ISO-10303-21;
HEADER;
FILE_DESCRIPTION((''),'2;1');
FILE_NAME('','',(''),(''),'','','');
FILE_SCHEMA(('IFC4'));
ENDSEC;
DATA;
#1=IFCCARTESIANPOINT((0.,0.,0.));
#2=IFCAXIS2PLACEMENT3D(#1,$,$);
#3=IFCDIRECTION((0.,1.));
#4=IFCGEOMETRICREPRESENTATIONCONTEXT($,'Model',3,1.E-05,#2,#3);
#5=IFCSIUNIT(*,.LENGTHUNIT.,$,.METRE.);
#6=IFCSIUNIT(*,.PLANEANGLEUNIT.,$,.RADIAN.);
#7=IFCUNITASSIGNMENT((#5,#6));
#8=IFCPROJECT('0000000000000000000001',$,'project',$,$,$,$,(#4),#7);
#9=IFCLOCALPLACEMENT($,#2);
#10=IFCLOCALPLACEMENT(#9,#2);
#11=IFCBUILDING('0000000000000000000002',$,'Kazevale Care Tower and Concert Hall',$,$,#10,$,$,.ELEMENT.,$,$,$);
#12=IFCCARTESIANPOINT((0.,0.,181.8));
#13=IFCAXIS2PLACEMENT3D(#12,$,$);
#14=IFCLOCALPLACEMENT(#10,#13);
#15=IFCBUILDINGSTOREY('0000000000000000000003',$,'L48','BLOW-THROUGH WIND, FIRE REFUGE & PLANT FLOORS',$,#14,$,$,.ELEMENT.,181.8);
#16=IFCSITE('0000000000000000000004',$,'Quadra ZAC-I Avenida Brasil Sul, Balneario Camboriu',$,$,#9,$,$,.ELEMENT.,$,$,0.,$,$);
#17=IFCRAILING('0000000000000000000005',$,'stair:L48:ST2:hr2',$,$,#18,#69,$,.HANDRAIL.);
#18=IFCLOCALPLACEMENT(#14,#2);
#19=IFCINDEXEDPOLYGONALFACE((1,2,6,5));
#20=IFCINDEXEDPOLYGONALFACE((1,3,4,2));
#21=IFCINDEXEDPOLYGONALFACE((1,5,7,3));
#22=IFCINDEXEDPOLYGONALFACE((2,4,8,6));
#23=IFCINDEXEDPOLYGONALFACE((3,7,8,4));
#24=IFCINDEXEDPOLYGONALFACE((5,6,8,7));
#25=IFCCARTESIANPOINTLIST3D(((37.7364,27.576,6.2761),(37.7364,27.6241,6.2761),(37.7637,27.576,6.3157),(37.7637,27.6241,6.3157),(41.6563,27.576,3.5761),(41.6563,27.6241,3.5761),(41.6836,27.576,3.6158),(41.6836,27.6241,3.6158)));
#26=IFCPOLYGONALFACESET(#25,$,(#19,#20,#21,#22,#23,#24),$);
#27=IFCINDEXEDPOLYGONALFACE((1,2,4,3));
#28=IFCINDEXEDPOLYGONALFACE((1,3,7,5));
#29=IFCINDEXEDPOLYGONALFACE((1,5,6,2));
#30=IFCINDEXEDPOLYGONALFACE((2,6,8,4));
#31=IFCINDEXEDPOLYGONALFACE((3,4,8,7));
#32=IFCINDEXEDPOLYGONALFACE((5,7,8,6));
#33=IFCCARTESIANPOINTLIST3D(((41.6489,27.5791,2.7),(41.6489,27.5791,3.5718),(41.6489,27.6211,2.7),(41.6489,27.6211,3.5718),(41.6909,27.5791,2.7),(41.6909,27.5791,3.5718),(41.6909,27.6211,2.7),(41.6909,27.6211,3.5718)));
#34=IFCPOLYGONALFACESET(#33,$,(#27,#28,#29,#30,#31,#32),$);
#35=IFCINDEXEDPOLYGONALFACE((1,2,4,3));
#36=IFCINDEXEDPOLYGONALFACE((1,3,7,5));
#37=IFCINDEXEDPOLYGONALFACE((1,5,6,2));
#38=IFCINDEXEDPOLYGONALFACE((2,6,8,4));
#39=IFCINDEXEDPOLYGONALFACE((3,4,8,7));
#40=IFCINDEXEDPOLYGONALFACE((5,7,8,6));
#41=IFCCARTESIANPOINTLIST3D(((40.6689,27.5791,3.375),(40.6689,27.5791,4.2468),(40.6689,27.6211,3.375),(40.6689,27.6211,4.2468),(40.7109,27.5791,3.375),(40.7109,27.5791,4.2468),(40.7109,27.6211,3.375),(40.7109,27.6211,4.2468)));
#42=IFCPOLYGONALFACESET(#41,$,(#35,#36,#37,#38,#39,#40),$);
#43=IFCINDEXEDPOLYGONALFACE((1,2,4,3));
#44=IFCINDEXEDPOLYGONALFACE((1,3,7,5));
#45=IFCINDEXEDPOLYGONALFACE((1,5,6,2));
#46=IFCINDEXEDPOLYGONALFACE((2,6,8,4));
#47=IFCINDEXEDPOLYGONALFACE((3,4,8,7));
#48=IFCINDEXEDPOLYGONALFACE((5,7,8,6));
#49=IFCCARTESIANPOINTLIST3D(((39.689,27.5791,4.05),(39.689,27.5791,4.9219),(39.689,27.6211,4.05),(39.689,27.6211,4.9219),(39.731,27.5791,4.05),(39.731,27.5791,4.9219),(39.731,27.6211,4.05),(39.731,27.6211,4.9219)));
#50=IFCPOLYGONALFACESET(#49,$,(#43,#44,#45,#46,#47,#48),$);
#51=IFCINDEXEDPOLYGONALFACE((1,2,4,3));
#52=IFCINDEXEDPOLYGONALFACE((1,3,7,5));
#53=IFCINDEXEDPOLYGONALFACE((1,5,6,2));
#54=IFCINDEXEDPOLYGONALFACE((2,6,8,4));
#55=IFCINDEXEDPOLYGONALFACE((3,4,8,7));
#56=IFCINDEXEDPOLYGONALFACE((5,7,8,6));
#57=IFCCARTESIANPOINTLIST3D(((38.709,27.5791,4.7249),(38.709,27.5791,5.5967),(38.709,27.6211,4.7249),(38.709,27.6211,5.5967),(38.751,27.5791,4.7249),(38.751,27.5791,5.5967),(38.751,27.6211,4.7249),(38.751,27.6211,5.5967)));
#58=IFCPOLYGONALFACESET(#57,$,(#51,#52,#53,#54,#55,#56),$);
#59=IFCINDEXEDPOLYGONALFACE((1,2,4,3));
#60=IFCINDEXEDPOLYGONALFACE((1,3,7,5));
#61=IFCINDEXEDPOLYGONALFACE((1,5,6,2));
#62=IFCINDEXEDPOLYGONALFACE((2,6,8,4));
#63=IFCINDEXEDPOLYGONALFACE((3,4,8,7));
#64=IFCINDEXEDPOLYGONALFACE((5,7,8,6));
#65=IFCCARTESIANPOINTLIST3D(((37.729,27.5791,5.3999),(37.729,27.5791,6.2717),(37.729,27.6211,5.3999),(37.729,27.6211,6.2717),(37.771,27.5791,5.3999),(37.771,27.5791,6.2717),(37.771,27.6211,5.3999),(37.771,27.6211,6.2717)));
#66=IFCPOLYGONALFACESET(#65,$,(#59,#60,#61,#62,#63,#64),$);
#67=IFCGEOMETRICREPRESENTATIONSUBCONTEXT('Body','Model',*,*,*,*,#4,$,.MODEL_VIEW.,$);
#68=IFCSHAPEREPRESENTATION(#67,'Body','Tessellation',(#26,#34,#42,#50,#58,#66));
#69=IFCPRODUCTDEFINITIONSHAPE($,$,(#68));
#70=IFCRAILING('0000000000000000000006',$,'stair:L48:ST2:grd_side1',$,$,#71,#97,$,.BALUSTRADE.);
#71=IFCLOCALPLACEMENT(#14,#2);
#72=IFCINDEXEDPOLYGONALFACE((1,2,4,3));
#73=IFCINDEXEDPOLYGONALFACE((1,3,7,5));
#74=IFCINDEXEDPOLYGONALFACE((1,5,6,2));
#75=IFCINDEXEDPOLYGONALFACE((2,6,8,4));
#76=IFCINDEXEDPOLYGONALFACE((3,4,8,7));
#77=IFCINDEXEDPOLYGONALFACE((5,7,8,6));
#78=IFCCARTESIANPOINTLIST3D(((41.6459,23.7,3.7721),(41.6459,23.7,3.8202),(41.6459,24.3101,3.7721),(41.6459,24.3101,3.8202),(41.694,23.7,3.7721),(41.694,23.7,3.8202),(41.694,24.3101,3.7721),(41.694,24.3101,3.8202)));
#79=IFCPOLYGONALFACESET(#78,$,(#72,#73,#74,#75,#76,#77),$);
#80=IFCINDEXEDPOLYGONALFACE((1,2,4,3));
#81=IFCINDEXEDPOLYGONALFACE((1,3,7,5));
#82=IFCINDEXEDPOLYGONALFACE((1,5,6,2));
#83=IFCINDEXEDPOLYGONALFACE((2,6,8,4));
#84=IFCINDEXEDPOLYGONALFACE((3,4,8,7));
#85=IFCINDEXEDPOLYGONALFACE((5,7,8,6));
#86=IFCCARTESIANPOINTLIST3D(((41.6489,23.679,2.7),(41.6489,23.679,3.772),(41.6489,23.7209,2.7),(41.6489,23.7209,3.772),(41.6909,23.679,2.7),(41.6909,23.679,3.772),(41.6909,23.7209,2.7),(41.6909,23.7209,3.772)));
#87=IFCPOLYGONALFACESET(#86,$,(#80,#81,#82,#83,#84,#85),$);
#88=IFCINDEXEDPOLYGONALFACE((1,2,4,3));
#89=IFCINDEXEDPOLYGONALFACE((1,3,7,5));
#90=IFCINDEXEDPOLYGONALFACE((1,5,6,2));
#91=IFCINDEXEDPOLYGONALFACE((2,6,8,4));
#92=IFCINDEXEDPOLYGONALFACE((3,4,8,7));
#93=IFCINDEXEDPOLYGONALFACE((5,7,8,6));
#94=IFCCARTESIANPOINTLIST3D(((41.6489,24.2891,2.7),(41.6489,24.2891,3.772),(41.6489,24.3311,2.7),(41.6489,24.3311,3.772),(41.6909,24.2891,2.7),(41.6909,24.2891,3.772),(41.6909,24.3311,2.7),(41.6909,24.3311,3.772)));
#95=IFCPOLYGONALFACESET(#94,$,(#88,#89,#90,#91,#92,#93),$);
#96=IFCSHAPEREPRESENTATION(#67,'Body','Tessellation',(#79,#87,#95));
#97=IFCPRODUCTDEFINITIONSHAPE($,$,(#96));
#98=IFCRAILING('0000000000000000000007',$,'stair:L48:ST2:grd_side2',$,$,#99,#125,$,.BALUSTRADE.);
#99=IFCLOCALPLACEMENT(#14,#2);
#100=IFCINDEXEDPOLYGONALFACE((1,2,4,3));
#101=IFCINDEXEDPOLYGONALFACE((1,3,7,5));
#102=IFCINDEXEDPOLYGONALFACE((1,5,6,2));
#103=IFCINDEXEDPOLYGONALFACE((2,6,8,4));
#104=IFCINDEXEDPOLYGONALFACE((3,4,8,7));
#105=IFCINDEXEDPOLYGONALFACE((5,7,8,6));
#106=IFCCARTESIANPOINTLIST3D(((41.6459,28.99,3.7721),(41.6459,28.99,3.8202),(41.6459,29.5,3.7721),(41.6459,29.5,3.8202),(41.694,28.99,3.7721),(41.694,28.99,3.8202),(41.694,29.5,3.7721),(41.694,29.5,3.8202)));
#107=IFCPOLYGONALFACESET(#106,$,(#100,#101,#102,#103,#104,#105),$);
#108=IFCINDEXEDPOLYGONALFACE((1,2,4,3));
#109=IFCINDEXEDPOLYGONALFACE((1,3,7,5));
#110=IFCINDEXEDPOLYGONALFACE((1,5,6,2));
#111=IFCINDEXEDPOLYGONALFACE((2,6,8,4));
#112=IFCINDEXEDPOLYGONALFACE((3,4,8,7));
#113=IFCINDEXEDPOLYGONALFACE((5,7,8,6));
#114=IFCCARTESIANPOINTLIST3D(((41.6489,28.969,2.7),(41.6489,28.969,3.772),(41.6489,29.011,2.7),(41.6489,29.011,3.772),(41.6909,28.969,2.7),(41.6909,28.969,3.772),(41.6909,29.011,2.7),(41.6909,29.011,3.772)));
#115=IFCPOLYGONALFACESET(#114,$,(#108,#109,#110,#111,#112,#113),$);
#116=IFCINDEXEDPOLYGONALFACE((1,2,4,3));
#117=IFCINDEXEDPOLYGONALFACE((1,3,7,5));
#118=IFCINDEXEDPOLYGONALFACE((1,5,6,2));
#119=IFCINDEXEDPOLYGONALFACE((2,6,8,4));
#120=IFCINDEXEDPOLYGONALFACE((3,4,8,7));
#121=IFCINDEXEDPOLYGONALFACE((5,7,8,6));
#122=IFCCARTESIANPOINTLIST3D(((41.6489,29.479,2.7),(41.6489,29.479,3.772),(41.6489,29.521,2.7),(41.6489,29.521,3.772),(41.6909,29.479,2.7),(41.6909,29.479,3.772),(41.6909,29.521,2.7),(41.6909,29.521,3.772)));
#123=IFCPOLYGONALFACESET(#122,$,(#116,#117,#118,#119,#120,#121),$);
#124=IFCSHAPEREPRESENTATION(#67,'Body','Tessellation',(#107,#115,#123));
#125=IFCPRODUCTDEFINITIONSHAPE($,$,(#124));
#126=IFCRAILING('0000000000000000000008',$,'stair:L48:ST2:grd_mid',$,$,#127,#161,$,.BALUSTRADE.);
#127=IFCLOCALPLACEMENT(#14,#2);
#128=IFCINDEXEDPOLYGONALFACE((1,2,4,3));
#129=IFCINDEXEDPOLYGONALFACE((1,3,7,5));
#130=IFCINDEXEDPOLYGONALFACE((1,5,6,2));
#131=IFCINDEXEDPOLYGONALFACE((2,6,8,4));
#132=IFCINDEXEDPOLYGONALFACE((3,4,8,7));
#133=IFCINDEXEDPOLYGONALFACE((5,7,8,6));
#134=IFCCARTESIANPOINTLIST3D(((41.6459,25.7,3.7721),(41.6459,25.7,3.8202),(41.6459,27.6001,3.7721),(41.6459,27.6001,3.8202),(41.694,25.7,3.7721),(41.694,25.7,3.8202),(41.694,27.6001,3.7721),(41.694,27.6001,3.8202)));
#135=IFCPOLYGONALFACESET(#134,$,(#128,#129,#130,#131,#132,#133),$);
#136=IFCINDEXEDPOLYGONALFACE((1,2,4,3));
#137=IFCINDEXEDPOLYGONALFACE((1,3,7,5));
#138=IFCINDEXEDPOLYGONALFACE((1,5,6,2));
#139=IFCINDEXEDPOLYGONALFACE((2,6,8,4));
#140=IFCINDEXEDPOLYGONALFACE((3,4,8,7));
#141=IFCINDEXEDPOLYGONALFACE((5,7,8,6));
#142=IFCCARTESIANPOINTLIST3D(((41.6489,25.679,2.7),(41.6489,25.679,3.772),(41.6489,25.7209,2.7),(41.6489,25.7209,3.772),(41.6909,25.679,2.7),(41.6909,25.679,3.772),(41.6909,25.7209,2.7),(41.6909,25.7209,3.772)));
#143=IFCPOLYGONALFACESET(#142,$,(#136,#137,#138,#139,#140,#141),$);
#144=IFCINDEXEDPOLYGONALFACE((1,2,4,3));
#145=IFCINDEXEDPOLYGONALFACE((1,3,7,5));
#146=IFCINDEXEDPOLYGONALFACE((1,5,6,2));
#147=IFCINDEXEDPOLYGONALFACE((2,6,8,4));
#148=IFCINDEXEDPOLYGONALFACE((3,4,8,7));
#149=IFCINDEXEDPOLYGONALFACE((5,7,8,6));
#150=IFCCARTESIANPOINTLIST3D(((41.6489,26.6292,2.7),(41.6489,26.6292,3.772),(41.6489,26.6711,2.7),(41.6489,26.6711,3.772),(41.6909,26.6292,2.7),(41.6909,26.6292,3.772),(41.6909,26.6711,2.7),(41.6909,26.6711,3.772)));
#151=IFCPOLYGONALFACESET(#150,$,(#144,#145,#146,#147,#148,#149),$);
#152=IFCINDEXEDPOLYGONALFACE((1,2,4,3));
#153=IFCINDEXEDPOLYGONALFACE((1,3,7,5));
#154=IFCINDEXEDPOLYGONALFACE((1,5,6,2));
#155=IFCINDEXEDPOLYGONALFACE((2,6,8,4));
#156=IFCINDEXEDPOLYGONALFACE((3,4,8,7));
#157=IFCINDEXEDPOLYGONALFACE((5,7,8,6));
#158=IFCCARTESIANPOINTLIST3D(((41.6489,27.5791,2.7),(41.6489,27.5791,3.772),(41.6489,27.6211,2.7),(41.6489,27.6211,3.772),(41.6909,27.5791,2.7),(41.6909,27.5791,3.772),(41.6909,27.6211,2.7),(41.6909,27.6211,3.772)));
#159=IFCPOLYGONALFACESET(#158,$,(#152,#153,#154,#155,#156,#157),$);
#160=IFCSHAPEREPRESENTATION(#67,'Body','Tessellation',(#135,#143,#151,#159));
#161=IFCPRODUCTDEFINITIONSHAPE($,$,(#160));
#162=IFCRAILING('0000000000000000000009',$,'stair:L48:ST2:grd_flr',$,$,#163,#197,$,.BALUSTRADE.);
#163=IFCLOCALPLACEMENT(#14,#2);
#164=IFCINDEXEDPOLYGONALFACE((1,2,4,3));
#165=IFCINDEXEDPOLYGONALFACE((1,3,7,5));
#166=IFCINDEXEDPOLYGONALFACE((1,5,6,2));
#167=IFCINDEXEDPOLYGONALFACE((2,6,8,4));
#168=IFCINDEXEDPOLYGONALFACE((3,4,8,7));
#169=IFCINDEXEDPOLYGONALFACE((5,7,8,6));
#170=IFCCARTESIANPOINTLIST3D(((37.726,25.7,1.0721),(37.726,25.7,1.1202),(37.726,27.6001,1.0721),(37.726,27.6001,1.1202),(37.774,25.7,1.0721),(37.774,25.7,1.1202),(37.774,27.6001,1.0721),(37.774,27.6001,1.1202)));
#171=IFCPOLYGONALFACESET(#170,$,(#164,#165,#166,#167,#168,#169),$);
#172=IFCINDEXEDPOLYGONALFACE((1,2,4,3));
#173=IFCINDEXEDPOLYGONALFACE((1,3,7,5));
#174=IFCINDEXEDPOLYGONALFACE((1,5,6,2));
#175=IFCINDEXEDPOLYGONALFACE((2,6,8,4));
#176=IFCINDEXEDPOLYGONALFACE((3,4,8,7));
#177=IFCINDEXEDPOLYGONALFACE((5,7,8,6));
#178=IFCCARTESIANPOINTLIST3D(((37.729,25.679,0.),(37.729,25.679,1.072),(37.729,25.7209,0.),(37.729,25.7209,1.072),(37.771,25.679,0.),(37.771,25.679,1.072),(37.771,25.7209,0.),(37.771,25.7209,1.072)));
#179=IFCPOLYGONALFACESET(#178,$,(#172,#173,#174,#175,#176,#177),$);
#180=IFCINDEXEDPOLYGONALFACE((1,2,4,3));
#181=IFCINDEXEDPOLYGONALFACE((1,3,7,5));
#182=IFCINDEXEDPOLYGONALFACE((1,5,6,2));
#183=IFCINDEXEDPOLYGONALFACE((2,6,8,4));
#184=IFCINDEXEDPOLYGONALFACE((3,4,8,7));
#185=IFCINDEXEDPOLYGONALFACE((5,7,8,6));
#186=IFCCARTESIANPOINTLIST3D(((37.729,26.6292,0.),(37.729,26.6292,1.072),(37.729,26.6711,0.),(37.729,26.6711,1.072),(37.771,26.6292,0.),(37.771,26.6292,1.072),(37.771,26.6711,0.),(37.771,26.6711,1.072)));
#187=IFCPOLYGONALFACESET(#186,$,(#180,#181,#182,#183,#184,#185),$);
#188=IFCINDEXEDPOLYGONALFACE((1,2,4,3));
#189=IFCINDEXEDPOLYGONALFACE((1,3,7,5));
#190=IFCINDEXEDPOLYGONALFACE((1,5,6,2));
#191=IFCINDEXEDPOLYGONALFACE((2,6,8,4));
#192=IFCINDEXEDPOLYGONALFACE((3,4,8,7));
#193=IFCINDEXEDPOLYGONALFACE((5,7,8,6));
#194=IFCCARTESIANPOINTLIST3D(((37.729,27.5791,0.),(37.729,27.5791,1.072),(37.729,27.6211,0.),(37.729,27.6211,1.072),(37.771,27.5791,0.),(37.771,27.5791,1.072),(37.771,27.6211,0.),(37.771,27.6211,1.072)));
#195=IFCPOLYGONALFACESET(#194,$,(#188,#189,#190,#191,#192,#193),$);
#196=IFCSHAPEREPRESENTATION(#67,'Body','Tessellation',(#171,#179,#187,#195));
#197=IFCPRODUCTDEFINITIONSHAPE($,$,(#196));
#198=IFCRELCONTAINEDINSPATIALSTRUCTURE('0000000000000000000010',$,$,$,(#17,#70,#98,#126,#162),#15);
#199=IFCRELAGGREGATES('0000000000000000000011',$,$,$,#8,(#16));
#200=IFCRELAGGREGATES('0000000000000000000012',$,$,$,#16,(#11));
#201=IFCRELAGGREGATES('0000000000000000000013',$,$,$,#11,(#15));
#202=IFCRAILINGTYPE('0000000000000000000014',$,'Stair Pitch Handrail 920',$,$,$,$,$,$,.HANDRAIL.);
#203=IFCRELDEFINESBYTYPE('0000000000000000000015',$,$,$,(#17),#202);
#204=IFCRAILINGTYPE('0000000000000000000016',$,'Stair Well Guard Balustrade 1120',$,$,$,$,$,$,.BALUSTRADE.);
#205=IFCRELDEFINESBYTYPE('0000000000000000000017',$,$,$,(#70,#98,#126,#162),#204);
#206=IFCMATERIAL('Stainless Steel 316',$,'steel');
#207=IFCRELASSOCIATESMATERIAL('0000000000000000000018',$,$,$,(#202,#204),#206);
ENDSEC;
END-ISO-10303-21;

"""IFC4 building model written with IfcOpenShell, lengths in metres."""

from ifc_helpers import new_model, si_unit, direction, frame, origin, origin_2d, place, context, subcontext, project, spatial, rectangle, extrude, material, type_object, element, save


model = new_model("IFC4")

# Units and contexts
model_context = context("Model", 3, precision=1e-05, world=origin(), true_north=direction((0.0, 1.0)))
body_context = subcontext(model_context, "Body", "Model", "MODEL_VIEW")
ifc_project = project(units=[si_unit("LENGTHUNIT", "METRE"), si_unit("PLANEANGLEUNIT", "RADIAN")], contexts=[model_context])

# Site, building, storey
site_placement = place(None, origin())
site = spatial("IfcSite", under=ifc_project, at=site_placement, Name="Quadra ZAC-I Avenida Brasil Sul, Balneario Camboriu", CompositionType="ELEMENT", RefElevation=0.0)
building_placement = place(site_placement, origin())
building = spatial("IfcBuilding", under=site, at=building_placement, Name="Kazevale Care Tower and Concert Hall", CompositionType="ELEMENT")
storey_placement = place(building_placement, frame((0.0, 0.0, 181.8)))
storey = spatial("IfcBuildingStorey", under=building, at=storey_placement, Name="L48", Description="BLOW-THROUGH WIND, FIRE REFUGE & PLANT FLOORS", CompositionType="ELEMENT", Elevation=181.8)

# Railings
ifc_material_1 = material(Name="Stainless Steel 316", Category="steel")
railing_type_1 = type_object("IfcRailingType", Name="Stair Pitch Handrail 920", PredefinedType="HANDRAIL", material=ifc_material_1)
railing_1_placement = place(storey_placement, frame((41.6699, 27.6001, 2.7)))
element("IfcRailing", 1, at=railing_1_placement, inside=storey, type_object=railing_type_1, Name="stair:L48:ST2:hr2", PredefinedType="HANDRAIL", context=body_context, shape_type="SweptSolid", body=[
    extrude(rectangle(XDim=0.0481, YDim=0.0481, at=origin_2d()), frame((0.0, 0.0, 0.896), z_axis=(-0.823551, 0.0, 0.567243), x_axis=(0.0, -1.0, 0.0)), (0.0, 0.0, 1.0), 4.7598),
    extrude(rectangle(XDim=0.042, YDim=0.042, at=origin_2d()), origin(), (0.0, 0.0, 1.0), 0.8718),
    extrude(rectangle(XDim=0.042, YDim=0.042, at=origin_2d()), frame((-0.98, 0.0, 0.675)), (0.0, 0.0, 1.0), 0.8718),
    extrude(rectangle(XDim=0.042, YDim=0.042, at=origin_2d()), frame((-1.96, 0.0, 1.3501)), (0.0, 0.0, 1.0), 0.8718),
    extrude(rectangle(XDim=0.042, YDim=0.042, at=origin_2d()), frame((-2.9399, 0.0, 2.0249)), (0.0, 0.0, 1.0), 0.8718),
    extrude(rectangle(XDim=0.042, YDim=0.042, at=origin_2d()), frame((-3.9199, 0.0, 2.7)), (0.0, 0.0, 1.0), 0.8718),
])
railing_type_2 = type_object("IfcRailingType", Name="Stair Well Guard Balustrade 1120", PredefinedType="BALUSTRADE", material=ifc_material_1)
railing_2_placement = place(storey_placement, frame((41.6699, 23.7, 2.7)))
element("IfcRailing", 2, at=railing_2_placement, inside=storey, type_object=railing_type_2, Name="stair:L48:ST2:grd_side1", PredefinedType="BALUSTRADE", context=body_context, shape_type="SweptSolid", body=[
    extrude(rectangle(XDim=0.0481, YDim=0.0481, at=origin_2d()), frame((0.0, 0.0, 1.0962), z_axis=(0.0, 1.0, 0.0), x_axis=(-1.0, 0.0, 0.0)), (0.0, 0.0, 1.0), 0.6101),
    extrude(rectangle(XDim=0.042, YDim=0.042, at=origin_2d()), origin(), (0.0, 0.0, 1.0), 1.072),
    extrude(rectangle(XDim=0.042, YDim=0.042, at=origin_2d()), frame((0.0, 0.6101, 0.0)), (0.0, 0.0, 1.0), 1.072),
])
railing_3_placement = place(storey_placement, frame((41.6699, 28.99, 2.7)))
element("IfcRailing", 3, at=railing_3_placement, inside=storey, type_object=railing_type_2, Name="stair:L48:ST2:grd_side2", PredefinedType="BALUSTRADE", context=body_context, shape_type="SweptSolid", body=[
    extrude(rectangle(XDim=0.0481, YDim=0.0481, at=origin_2d()), frame((0.0, 0.0, 1.0962), z_axis=(0.0, 1.0, 0.0), x_axis=(-1.0, 0.0, 0.0)), (0.0, 0.0, 1.0), 0.51),
    extrude(rectangle(XDim=0.042, YDim=0.042, at=origin_2d()), origin(), (0.0, 0.0, 1.0), 1.072),
    extrude(rectangle(XDim=0.042, YDim=0.042, at=origin_2d()), frame((0.0, 0.51, 0.0)), (0.0, 0.0, 1.0), 1.072),
])
for number, where, name in (
    (4, (41.6699, 25.7, 2.7), "stair:L48:ST2:grd_mid"),
    (5, (37.75, 25.7, 0.0), "stair:L48:ST2:grd_flr"),
):
    element("IfcRailing", number, at=place(storey_placement, frame(where)), inside=storey, type_object=railing_type_2, Name=name, PredefinedType="BALUSTRADE", context=body_context, shape_type="SweptSolid", body=[
        extrude(rectangle(XDim=0.0481, YDim=0.0481, at=origin_2d()), frame((0.0, 0.0, 1.0962), z_axis=(0.0, 1.0, 0.0), x_axis=(-1.0, 0.0, 0.0)), (0.0, 0.0, 1.0), 1.9001),
        extrude(rectangle(XDim=0.042, YDim=0.042, at=origin_2d()), origin(), (0.0, 0.0, 1.0), 1.072),
        extrude(rectangle(XDim=0.042, YDim=0.042, at=origin_2d()), frame((0.0, 0.9502, 0.0)), (0.0, 0.0, 1.0), 1.072),
        extrude(rectangle(XDim=0.042, YDim=0.042, at=origin_2d()), frame((0.0, 1.9001, 0.0)), (0.0, 0.0, 1.0), 1.072),
    ])

save(model, "model.ifc")
